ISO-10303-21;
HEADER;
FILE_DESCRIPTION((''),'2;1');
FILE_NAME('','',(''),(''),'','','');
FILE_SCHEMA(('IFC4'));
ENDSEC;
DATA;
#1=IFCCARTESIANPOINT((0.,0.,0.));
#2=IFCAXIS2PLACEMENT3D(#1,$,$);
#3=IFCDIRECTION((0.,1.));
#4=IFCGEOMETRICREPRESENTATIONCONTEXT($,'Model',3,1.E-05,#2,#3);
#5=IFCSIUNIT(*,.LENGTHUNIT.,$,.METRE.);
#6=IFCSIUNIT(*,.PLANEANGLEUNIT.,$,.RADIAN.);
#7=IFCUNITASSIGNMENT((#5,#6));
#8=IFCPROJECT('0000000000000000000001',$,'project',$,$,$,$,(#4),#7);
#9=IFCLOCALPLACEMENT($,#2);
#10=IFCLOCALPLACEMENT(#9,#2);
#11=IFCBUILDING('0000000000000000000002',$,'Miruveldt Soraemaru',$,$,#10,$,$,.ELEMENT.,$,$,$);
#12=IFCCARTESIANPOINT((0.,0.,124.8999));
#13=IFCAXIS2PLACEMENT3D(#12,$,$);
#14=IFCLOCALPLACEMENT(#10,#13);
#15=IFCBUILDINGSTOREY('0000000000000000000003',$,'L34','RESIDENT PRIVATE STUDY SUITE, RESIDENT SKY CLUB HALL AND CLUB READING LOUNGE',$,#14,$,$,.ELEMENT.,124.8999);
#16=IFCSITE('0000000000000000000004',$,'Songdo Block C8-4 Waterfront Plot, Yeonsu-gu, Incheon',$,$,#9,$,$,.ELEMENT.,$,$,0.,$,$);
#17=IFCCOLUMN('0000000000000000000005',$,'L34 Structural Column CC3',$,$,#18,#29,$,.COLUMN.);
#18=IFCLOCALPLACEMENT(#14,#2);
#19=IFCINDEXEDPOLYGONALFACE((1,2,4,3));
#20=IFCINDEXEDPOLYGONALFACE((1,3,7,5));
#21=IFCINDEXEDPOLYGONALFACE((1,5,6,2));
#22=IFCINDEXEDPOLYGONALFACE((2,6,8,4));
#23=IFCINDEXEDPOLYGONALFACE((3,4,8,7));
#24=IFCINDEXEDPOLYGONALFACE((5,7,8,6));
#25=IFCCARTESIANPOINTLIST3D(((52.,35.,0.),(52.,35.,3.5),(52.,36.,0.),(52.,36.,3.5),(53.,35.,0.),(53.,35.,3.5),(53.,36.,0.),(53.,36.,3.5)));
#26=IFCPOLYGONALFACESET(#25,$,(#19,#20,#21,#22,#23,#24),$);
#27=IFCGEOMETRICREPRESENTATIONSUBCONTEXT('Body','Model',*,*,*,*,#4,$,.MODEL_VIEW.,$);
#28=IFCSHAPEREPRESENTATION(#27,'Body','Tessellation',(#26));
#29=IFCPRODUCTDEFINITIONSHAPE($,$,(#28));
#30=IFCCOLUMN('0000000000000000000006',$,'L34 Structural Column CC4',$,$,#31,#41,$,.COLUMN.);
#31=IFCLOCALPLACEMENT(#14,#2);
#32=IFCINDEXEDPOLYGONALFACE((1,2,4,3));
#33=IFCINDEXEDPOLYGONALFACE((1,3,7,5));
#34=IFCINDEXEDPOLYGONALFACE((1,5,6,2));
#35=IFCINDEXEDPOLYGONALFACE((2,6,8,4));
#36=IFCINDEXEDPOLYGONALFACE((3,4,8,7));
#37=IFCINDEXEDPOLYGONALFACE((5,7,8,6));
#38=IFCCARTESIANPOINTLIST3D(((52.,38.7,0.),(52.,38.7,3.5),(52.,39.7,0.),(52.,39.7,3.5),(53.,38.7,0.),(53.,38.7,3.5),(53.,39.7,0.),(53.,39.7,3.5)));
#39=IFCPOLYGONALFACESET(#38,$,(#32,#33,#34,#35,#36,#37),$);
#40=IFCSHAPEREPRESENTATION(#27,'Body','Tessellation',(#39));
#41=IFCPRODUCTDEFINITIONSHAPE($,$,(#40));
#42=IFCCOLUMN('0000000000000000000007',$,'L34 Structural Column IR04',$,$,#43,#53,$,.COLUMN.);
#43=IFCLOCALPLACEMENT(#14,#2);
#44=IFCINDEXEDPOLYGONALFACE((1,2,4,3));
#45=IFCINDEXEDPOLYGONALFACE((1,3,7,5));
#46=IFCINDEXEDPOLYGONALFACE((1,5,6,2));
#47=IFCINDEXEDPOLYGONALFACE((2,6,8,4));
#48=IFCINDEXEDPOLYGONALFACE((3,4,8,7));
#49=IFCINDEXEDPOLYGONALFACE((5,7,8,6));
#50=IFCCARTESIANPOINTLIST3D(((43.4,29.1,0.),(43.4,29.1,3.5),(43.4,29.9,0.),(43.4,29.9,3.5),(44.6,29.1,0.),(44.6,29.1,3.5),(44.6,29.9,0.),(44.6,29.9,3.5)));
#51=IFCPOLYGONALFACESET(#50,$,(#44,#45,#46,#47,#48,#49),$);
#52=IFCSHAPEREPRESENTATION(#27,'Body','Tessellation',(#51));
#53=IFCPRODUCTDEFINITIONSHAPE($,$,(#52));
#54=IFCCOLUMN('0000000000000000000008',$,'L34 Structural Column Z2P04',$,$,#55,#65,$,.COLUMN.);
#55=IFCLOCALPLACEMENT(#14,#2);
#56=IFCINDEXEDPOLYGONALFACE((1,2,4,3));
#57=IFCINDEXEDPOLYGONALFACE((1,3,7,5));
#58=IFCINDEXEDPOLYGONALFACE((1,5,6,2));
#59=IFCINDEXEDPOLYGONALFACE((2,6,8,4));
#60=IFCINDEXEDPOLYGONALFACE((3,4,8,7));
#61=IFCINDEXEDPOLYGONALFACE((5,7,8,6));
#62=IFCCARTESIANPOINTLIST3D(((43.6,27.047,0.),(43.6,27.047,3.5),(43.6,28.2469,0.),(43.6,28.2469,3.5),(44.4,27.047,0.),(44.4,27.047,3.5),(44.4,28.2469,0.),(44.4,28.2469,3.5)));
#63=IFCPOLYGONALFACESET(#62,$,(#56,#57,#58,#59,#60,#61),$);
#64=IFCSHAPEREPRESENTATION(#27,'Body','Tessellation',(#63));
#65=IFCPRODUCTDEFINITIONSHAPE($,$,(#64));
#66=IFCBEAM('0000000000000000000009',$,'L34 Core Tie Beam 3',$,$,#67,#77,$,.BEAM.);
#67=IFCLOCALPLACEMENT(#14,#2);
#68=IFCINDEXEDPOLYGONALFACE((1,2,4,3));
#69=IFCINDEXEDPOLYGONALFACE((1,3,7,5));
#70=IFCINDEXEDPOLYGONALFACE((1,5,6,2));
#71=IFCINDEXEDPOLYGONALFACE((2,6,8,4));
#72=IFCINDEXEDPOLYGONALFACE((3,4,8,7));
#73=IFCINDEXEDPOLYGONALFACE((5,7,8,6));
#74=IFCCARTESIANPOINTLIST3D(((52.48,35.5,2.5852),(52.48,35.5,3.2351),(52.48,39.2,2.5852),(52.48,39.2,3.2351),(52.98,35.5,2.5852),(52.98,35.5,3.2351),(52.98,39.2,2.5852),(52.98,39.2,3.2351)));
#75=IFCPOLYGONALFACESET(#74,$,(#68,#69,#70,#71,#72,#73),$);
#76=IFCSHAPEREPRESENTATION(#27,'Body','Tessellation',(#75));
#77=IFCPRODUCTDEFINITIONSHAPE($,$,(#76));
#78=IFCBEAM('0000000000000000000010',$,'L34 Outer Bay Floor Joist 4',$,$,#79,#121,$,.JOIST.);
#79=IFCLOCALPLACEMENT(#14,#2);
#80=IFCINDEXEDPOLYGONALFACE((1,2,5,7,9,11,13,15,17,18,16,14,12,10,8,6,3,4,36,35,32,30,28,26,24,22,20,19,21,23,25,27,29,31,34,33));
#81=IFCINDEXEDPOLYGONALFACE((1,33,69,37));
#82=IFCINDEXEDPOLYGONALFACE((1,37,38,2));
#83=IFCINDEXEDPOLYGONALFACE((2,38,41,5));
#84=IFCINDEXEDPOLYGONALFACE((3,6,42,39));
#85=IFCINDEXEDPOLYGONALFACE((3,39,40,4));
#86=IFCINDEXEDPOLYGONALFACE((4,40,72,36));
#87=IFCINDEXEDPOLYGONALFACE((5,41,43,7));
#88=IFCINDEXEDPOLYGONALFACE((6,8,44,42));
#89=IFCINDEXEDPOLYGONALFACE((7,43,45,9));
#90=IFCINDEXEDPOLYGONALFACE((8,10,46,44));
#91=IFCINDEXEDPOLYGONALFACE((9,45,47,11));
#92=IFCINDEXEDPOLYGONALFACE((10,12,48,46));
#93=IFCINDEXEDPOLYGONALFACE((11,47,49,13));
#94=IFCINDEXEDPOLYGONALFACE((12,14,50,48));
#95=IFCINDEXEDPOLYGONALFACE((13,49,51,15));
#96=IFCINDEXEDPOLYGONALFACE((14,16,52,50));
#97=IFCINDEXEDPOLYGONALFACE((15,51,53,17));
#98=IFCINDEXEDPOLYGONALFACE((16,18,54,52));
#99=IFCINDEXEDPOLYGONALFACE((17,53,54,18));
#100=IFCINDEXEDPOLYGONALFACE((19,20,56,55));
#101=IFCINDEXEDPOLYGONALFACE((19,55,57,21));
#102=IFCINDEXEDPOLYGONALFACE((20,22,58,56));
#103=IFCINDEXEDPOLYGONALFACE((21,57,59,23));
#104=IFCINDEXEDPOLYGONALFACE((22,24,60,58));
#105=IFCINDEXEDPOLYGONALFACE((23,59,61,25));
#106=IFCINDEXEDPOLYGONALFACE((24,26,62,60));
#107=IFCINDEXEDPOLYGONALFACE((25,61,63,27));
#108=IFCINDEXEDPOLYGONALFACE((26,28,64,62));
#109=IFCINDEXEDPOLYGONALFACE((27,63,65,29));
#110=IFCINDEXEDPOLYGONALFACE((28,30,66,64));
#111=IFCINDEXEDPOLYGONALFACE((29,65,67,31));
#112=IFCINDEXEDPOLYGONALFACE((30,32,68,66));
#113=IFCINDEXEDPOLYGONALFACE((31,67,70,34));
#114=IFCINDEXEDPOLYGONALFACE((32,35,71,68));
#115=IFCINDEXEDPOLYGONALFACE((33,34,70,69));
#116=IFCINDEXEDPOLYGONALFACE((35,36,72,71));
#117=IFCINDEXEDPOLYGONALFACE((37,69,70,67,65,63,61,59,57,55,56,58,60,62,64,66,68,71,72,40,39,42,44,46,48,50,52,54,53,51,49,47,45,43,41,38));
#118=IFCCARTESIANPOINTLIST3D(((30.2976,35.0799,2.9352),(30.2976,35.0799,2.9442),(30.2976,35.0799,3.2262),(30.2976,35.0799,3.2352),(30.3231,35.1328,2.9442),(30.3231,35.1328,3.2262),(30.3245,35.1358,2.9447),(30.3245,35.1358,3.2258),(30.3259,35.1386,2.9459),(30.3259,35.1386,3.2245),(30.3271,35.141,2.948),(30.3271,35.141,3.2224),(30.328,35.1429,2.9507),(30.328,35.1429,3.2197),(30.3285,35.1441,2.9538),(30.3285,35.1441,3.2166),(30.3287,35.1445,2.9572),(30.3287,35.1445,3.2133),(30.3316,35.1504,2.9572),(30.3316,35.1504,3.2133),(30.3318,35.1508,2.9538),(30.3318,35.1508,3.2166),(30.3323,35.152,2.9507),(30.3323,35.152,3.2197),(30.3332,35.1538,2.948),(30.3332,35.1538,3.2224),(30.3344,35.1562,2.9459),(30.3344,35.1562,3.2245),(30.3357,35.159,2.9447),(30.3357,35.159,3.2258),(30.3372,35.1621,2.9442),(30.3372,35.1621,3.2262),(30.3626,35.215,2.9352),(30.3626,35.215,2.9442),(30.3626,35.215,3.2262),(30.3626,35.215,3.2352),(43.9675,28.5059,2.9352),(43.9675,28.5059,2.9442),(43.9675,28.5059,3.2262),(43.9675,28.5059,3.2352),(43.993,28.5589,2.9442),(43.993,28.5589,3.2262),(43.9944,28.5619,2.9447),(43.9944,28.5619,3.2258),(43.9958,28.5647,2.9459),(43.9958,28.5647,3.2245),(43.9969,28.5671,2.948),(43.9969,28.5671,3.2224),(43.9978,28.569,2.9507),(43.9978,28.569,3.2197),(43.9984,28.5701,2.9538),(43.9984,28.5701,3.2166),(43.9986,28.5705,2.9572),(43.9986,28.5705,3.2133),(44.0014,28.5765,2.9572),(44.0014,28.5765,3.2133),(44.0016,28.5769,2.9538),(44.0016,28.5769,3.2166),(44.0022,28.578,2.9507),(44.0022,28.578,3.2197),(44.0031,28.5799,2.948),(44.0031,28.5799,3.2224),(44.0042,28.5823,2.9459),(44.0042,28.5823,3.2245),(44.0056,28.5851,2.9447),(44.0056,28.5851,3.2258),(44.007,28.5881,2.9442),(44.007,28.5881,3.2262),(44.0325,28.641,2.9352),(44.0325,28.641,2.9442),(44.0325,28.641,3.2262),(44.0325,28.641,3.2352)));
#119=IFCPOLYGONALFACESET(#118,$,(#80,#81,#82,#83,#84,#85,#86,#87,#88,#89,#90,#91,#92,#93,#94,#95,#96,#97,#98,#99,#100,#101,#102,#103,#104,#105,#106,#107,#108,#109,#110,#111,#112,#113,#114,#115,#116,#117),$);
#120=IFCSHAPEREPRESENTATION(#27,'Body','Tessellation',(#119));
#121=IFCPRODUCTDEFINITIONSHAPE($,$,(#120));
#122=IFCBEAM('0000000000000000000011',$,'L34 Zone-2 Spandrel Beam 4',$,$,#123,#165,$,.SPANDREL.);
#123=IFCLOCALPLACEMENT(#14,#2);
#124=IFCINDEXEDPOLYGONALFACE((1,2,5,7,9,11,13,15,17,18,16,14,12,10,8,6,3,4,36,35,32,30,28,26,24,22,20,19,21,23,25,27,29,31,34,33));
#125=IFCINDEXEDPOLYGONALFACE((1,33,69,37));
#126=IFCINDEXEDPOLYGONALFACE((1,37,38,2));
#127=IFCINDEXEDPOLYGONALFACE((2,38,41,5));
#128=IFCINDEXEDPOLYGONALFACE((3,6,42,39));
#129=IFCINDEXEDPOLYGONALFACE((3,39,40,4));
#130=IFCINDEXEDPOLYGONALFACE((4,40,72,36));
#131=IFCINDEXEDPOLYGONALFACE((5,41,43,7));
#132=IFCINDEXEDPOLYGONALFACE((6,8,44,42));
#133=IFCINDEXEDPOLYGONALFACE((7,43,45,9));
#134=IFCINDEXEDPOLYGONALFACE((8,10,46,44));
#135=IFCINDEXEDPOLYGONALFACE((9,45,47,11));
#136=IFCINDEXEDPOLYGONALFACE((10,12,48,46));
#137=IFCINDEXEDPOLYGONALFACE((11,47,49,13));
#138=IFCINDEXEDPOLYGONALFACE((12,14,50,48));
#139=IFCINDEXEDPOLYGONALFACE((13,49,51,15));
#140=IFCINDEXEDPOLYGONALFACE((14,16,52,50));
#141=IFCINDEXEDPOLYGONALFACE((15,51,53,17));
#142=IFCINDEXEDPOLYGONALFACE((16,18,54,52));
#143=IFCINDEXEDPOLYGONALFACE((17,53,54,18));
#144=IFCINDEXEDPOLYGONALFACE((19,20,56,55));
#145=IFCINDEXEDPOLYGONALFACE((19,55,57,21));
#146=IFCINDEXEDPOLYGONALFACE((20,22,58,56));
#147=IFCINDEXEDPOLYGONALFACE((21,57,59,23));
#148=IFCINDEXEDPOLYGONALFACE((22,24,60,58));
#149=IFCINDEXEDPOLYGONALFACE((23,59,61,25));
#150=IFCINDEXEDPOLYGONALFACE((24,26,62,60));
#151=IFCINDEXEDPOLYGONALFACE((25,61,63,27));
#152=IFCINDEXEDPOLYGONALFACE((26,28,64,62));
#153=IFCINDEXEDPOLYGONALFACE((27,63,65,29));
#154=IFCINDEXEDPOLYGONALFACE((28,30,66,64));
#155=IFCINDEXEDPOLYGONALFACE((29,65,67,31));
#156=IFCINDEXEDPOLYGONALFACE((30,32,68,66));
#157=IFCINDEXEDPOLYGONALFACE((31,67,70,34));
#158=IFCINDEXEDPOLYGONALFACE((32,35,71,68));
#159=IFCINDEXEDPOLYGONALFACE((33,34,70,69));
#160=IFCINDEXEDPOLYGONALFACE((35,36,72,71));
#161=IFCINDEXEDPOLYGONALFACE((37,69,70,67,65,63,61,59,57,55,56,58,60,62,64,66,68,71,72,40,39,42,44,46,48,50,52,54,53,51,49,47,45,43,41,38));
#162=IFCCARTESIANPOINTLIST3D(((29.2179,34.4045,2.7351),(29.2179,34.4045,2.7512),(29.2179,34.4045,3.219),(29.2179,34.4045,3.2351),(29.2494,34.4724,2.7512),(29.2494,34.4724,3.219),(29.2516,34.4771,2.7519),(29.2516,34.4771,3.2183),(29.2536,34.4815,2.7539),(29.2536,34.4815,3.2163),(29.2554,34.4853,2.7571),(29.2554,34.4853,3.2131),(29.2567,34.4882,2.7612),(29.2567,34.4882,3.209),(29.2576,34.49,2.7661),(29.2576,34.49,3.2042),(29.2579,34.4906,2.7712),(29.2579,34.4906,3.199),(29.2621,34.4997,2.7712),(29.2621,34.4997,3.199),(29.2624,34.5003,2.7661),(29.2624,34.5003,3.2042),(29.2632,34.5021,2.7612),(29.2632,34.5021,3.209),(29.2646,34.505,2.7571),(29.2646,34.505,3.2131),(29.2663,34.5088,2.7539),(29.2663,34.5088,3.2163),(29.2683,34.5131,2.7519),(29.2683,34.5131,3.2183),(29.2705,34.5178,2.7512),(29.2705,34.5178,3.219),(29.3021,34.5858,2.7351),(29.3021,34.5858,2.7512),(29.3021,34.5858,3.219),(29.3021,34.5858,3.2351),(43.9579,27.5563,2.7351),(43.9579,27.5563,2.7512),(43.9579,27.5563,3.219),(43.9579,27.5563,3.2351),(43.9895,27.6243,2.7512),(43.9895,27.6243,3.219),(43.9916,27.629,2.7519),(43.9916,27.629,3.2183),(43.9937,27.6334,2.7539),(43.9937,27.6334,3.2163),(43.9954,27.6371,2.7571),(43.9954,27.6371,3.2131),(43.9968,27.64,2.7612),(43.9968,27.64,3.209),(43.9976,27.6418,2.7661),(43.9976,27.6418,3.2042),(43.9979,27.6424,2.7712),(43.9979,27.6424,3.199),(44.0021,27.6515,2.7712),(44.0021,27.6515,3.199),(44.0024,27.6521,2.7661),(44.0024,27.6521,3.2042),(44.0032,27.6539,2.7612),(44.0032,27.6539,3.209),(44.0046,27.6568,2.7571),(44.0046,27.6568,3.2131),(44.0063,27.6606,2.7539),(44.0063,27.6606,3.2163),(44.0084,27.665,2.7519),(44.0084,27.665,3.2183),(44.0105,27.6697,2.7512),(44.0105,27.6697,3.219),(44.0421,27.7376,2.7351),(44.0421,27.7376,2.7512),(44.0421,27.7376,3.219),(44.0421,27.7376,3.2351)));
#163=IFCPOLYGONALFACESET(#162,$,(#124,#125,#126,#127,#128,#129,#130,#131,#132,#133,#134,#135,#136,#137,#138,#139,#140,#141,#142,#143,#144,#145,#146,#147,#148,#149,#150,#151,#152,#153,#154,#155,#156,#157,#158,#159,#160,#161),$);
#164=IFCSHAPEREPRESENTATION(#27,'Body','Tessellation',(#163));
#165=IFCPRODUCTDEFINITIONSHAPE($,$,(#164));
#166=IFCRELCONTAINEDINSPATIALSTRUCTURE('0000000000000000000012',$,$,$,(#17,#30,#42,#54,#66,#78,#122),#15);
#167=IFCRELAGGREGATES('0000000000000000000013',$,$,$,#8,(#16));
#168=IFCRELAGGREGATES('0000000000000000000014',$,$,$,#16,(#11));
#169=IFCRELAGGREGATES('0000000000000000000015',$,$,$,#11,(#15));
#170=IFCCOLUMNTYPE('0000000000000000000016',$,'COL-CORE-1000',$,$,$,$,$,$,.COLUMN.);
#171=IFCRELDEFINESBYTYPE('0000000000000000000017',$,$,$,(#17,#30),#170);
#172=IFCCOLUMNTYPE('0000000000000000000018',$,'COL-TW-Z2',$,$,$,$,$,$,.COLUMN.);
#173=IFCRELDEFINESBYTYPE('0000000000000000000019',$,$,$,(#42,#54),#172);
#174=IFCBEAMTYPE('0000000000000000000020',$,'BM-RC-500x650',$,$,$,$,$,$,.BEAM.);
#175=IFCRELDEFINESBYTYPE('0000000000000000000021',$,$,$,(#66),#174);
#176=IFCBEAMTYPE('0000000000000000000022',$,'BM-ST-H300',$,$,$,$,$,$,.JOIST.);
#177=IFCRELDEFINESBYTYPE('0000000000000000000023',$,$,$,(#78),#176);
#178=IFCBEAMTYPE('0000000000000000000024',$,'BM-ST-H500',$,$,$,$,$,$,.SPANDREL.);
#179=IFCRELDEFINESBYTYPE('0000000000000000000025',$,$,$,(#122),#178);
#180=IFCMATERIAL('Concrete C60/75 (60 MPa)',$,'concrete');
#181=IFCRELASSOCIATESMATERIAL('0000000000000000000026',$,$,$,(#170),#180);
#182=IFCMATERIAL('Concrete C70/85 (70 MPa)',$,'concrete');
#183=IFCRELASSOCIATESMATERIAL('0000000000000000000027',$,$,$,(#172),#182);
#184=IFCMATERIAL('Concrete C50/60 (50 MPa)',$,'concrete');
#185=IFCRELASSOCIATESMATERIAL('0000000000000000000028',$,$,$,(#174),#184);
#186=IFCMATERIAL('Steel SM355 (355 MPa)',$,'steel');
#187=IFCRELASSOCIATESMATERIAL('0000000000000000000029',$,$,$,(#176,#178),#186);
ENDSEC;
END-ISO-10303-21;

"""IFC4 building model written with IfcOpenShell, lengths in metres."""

from ifc_helpers import new_model, si_unit, direction, frame, origin, origin_2d, place, context, subcontext, project, spatial, rectangle, i_section, extrude, material, material_profile, profile_set, type_object, element, save


model = new_model("IFC4")

# Units and contexts
model_context = context("Model", 3, precision=1e-05, world=origin(), true_north=direction((0.0, 1.0)))
body_context = subcontext(model_context, "Body", "Model", "MODEL_VIEW")
ifc_project = project(units=[si_unit("LENGTHUNIT", "METRE"), si_unit("PLANEANGLEUNIT", "RADIAN")], contexts=[model_context])

# Site, building, storey
site_placement = place(None, origin())
site = spatial("IfcSite", under=ifc_project, at=site_placement, Name="Songdo Block C8-4 Waterfront Plot, Yeonsu-gu, Incheon", CompositionType="ELEMENT", RefElevation=0.0)
building_placement = place(site_placement, origin())
building = spatial("IfcBuilding", under=site, at=building_placement, Name="Miruveldt Soraemaru", CompositionType="ELEMENT")
storey_placement = place(building_placement, frame((0.0, 0.0, 124.8999)))
storey = spatial("IfcBuildingStorey", under=building, at=storey_placement, Name="L34", Description="RESIDENT PRIVATE STUDY SUITE, RESIDENT SKY CLUB HALL AND CLUB READING LOUNGE", CompositionType="ELEMENT", Elevation=124.8999)

# Columns
ifc_material_1 = material(Name="Concrete C60/75 (60 MPa)", Category="concrete")
ifc_material_profile_1 = material_profile(ifc_material_1, rectangle(XDim=1.0, YDim=1.0, at=origin_2d()), Name="Concrete C60/75 (60 MPa)", Category="concrete")
ifc_profile_set_1 = profile_set([ifc_material_profile_1], Name="Concrete C60/75 (60 MPa)")
column_type_1 = type_object("IfcColumnType", Name="COL-CORE-1000", PredefinedType="COLUMN", material=ifc_profile_set_1)
for number, where, z_axis, x_axis, name in (
    (1, (52.5, 35.5, 0.0), (0.0, 0.0, 1.0), (1.0, 0.0, 0.0), "L34 Structural Column CC3"),
    (2, (52.5, 39.2, 0.0), (0.0, 0.0, 1.0), (1.0, 0.0, 0.0), "L34 Structural Column CC4"),
):
    element("IfcColumn", number, at=place(storey_placement, frame(where, z_axis=z_axis, x_axis=x_axis)), inside=storey, type_object=column_type_1, Name=name, PredefinedType="COLUMN", context=body_context, shape_type="SweptSolid", body=[
        extrude(rectangle(XDim=1.0, YDim=1.0, at=origin_2d()), origin(), (0.0, 0.0, 1.0), 3.5),
    ])
ifc_material_2 = material(Name="Concrete C70/85 (70 MPa)", Category="concrete")
ifc_material_profile_2 = material_profile(ifc_material_2, rectangle(XDim=1.2, YDim=0.8, at=origin_2d()), Name="Concrete C70/85 (70 MPa)", Category="concrete")
ifc_profile_set_2 = profile_set([ifc_material_profile_2], Name="Concrete C70/85 (70 MPa)")
column_type_2 = type_object("IfcColumnType", Name="COL-TW-Z2", PredefinedType="COLUMN", material=ifc_profile_set_2)
for number, where, z_axis, x_axis, name in (
    (3, (44.0, 29.5, 0.0), (0.0, 0.0, 1.0), (1.0, 0.0, 0.0), "L34 Structural Column IR04"),
    (4, (44.0, 27.647, 0.0), (0.0, 0.0, 1.0), (0.0, 1.0, 0.0), "L34 Structural Column Z2P04"),
):
    element("IfcColumn", number, at=place(storey_placement, frame(where, z_axis=z_axis, x_axis=x_axis)), inside=storey, type_object=column_type_2, Name=name, PredefinedType="COLUMN", context=body_context, shape_type="SweptSolid", body=[
        extrude(rectangle(XDim=1.2, YDim=0.8, at=origin_2d()), origin(), (0.0, 0.0, 1.0), 3.5),
    ])

# Beams
ifc_material_3 = material(Name="Concrete C50/60 (50 MPa)", Category="concrete")
ifc_material_profile_3 = material_profile(ifc_material_3, rectangle(XDim=0.5, YDim=0.6499, at=origin_2d()), Name="Concrete C50/60 (50 MPa)", Category="concrete")
ifc_profile_set_3 = profile_set([ifc_material_profile_3], Name="Concrete C50/60 (50 MPa)")
beam_type_1 = type_object("IfcBeamType", Name="BM-RC-500x650", PredefinedType="BEAM", material=ifc_profile_set_3)
beam_1_placement = place(storey_placement, frame((52.73, 35.5, 2.9102), z_axis=(0.0, 1.0, 0.0), x_axis=(-1.0, 0.0, 0.0)))
element("IfcBeam", 5, at=beam_1_placement, inside=storey, type_object=beam_type_1, Name="L34 Core Tie Beam 3", PredefinedType="BEAM", context=body_context, shape_type="SweptSolid", body=[
    extrude(rectangle(XDim=0.5, YDim=0.6499, at=origin_2d()), origin(), (0.0, 0.0, 1.0), 3.7),
])
ifc_material_4 = material(Name="Steel SM355 (355 MPa)", Category="steel")
ifc_material_profile_4 = material_profile(ifc_material_4, i_section(OverallWidth=0.1499, OverallDepth=0.3, WebThickness=0.0066, FlangeThickness=0.009, FilletRadius=0.0129, at=origin_2d()), Name="Steel SM355 (355 MPa)", Category="steel")
ifc_profile_set_4 = profile_set([ifc_material_profile_4], Name="Steel SM355 (355 MPa)")
beam_type_2 = type_object("IfcBeamType", Name="BM-ST-H300", PredefinedType="JOIST", material=ifc_profile_set_4)
beam_2_placement = place(storey_placement, frame((44.0, 28.5735, 3.0852), z_axis=(-0.901204, 0.433396, 0.0), x_axis=(-0.433396, -0.901204, 0.0)))
element("IfcBeam", 6, at=beam_2_placement, inside=storey, type_object=beam_type_2, Name="L34 Outer Bay Floor Joist 4", PredefinedType="JOIST", context=body_context, shape_type="SweptSolid", body=[
    extrude(i_section(OverallWidth=0.1499, OverallDepth=0.3, WebThickness=0.0066, FlangeThickness=0.009, FilletRadius=0.0129, at=origin_2d()), origin(), (0.0, 0.0, 1.0), 15.1685),
])
ifc_material_profile_5 = material_profile(ifc_material_4, i_section(OverallWidth=0.2, OverallDepth=0.5, WebThickness=0.01, FlangeThickness=0.0161, FilletRadius=0.02, at=origin_2d()), Name="Steel SM355 (355 MPa)", Category="steel")
ifc_profile_set_5 = profile_set([ifc_material_profile_5], Name="Steel SM355 (355 MPa)")
beam_type_3 = type_object("IfcBeamType", Name="BM-ST-H500", PredefinedType="SPANDREL", material=ifc_profile_set_5)
beam_3_placement = place(storey_placement, frame((44.0, 27.647, 2.9851), z_axis=(-0.906901, 0.421343, 0.0), x_axis=(-0.421343, -0.906901, 0.0)))
element("IfcBeam", 7, at=beam_3_placement, inside=storey, type_object=beam_type_3, Name="L34 Zone-2 Spandrel Beam 4", PredefinedType="SPANDREL", context=body_context, shape_type="SweptSolid", body=[
    extrude(i_section(OverallWidth=0.2, OverallDepth=0.5, WebThickness=0.01, FlangeThickness=0.0161, FilletRadius=0.02, at=origin_2d()), origin(), (0.0, 0.0, 1.0), 16.2532),
])

save(model, "model.ifc")
